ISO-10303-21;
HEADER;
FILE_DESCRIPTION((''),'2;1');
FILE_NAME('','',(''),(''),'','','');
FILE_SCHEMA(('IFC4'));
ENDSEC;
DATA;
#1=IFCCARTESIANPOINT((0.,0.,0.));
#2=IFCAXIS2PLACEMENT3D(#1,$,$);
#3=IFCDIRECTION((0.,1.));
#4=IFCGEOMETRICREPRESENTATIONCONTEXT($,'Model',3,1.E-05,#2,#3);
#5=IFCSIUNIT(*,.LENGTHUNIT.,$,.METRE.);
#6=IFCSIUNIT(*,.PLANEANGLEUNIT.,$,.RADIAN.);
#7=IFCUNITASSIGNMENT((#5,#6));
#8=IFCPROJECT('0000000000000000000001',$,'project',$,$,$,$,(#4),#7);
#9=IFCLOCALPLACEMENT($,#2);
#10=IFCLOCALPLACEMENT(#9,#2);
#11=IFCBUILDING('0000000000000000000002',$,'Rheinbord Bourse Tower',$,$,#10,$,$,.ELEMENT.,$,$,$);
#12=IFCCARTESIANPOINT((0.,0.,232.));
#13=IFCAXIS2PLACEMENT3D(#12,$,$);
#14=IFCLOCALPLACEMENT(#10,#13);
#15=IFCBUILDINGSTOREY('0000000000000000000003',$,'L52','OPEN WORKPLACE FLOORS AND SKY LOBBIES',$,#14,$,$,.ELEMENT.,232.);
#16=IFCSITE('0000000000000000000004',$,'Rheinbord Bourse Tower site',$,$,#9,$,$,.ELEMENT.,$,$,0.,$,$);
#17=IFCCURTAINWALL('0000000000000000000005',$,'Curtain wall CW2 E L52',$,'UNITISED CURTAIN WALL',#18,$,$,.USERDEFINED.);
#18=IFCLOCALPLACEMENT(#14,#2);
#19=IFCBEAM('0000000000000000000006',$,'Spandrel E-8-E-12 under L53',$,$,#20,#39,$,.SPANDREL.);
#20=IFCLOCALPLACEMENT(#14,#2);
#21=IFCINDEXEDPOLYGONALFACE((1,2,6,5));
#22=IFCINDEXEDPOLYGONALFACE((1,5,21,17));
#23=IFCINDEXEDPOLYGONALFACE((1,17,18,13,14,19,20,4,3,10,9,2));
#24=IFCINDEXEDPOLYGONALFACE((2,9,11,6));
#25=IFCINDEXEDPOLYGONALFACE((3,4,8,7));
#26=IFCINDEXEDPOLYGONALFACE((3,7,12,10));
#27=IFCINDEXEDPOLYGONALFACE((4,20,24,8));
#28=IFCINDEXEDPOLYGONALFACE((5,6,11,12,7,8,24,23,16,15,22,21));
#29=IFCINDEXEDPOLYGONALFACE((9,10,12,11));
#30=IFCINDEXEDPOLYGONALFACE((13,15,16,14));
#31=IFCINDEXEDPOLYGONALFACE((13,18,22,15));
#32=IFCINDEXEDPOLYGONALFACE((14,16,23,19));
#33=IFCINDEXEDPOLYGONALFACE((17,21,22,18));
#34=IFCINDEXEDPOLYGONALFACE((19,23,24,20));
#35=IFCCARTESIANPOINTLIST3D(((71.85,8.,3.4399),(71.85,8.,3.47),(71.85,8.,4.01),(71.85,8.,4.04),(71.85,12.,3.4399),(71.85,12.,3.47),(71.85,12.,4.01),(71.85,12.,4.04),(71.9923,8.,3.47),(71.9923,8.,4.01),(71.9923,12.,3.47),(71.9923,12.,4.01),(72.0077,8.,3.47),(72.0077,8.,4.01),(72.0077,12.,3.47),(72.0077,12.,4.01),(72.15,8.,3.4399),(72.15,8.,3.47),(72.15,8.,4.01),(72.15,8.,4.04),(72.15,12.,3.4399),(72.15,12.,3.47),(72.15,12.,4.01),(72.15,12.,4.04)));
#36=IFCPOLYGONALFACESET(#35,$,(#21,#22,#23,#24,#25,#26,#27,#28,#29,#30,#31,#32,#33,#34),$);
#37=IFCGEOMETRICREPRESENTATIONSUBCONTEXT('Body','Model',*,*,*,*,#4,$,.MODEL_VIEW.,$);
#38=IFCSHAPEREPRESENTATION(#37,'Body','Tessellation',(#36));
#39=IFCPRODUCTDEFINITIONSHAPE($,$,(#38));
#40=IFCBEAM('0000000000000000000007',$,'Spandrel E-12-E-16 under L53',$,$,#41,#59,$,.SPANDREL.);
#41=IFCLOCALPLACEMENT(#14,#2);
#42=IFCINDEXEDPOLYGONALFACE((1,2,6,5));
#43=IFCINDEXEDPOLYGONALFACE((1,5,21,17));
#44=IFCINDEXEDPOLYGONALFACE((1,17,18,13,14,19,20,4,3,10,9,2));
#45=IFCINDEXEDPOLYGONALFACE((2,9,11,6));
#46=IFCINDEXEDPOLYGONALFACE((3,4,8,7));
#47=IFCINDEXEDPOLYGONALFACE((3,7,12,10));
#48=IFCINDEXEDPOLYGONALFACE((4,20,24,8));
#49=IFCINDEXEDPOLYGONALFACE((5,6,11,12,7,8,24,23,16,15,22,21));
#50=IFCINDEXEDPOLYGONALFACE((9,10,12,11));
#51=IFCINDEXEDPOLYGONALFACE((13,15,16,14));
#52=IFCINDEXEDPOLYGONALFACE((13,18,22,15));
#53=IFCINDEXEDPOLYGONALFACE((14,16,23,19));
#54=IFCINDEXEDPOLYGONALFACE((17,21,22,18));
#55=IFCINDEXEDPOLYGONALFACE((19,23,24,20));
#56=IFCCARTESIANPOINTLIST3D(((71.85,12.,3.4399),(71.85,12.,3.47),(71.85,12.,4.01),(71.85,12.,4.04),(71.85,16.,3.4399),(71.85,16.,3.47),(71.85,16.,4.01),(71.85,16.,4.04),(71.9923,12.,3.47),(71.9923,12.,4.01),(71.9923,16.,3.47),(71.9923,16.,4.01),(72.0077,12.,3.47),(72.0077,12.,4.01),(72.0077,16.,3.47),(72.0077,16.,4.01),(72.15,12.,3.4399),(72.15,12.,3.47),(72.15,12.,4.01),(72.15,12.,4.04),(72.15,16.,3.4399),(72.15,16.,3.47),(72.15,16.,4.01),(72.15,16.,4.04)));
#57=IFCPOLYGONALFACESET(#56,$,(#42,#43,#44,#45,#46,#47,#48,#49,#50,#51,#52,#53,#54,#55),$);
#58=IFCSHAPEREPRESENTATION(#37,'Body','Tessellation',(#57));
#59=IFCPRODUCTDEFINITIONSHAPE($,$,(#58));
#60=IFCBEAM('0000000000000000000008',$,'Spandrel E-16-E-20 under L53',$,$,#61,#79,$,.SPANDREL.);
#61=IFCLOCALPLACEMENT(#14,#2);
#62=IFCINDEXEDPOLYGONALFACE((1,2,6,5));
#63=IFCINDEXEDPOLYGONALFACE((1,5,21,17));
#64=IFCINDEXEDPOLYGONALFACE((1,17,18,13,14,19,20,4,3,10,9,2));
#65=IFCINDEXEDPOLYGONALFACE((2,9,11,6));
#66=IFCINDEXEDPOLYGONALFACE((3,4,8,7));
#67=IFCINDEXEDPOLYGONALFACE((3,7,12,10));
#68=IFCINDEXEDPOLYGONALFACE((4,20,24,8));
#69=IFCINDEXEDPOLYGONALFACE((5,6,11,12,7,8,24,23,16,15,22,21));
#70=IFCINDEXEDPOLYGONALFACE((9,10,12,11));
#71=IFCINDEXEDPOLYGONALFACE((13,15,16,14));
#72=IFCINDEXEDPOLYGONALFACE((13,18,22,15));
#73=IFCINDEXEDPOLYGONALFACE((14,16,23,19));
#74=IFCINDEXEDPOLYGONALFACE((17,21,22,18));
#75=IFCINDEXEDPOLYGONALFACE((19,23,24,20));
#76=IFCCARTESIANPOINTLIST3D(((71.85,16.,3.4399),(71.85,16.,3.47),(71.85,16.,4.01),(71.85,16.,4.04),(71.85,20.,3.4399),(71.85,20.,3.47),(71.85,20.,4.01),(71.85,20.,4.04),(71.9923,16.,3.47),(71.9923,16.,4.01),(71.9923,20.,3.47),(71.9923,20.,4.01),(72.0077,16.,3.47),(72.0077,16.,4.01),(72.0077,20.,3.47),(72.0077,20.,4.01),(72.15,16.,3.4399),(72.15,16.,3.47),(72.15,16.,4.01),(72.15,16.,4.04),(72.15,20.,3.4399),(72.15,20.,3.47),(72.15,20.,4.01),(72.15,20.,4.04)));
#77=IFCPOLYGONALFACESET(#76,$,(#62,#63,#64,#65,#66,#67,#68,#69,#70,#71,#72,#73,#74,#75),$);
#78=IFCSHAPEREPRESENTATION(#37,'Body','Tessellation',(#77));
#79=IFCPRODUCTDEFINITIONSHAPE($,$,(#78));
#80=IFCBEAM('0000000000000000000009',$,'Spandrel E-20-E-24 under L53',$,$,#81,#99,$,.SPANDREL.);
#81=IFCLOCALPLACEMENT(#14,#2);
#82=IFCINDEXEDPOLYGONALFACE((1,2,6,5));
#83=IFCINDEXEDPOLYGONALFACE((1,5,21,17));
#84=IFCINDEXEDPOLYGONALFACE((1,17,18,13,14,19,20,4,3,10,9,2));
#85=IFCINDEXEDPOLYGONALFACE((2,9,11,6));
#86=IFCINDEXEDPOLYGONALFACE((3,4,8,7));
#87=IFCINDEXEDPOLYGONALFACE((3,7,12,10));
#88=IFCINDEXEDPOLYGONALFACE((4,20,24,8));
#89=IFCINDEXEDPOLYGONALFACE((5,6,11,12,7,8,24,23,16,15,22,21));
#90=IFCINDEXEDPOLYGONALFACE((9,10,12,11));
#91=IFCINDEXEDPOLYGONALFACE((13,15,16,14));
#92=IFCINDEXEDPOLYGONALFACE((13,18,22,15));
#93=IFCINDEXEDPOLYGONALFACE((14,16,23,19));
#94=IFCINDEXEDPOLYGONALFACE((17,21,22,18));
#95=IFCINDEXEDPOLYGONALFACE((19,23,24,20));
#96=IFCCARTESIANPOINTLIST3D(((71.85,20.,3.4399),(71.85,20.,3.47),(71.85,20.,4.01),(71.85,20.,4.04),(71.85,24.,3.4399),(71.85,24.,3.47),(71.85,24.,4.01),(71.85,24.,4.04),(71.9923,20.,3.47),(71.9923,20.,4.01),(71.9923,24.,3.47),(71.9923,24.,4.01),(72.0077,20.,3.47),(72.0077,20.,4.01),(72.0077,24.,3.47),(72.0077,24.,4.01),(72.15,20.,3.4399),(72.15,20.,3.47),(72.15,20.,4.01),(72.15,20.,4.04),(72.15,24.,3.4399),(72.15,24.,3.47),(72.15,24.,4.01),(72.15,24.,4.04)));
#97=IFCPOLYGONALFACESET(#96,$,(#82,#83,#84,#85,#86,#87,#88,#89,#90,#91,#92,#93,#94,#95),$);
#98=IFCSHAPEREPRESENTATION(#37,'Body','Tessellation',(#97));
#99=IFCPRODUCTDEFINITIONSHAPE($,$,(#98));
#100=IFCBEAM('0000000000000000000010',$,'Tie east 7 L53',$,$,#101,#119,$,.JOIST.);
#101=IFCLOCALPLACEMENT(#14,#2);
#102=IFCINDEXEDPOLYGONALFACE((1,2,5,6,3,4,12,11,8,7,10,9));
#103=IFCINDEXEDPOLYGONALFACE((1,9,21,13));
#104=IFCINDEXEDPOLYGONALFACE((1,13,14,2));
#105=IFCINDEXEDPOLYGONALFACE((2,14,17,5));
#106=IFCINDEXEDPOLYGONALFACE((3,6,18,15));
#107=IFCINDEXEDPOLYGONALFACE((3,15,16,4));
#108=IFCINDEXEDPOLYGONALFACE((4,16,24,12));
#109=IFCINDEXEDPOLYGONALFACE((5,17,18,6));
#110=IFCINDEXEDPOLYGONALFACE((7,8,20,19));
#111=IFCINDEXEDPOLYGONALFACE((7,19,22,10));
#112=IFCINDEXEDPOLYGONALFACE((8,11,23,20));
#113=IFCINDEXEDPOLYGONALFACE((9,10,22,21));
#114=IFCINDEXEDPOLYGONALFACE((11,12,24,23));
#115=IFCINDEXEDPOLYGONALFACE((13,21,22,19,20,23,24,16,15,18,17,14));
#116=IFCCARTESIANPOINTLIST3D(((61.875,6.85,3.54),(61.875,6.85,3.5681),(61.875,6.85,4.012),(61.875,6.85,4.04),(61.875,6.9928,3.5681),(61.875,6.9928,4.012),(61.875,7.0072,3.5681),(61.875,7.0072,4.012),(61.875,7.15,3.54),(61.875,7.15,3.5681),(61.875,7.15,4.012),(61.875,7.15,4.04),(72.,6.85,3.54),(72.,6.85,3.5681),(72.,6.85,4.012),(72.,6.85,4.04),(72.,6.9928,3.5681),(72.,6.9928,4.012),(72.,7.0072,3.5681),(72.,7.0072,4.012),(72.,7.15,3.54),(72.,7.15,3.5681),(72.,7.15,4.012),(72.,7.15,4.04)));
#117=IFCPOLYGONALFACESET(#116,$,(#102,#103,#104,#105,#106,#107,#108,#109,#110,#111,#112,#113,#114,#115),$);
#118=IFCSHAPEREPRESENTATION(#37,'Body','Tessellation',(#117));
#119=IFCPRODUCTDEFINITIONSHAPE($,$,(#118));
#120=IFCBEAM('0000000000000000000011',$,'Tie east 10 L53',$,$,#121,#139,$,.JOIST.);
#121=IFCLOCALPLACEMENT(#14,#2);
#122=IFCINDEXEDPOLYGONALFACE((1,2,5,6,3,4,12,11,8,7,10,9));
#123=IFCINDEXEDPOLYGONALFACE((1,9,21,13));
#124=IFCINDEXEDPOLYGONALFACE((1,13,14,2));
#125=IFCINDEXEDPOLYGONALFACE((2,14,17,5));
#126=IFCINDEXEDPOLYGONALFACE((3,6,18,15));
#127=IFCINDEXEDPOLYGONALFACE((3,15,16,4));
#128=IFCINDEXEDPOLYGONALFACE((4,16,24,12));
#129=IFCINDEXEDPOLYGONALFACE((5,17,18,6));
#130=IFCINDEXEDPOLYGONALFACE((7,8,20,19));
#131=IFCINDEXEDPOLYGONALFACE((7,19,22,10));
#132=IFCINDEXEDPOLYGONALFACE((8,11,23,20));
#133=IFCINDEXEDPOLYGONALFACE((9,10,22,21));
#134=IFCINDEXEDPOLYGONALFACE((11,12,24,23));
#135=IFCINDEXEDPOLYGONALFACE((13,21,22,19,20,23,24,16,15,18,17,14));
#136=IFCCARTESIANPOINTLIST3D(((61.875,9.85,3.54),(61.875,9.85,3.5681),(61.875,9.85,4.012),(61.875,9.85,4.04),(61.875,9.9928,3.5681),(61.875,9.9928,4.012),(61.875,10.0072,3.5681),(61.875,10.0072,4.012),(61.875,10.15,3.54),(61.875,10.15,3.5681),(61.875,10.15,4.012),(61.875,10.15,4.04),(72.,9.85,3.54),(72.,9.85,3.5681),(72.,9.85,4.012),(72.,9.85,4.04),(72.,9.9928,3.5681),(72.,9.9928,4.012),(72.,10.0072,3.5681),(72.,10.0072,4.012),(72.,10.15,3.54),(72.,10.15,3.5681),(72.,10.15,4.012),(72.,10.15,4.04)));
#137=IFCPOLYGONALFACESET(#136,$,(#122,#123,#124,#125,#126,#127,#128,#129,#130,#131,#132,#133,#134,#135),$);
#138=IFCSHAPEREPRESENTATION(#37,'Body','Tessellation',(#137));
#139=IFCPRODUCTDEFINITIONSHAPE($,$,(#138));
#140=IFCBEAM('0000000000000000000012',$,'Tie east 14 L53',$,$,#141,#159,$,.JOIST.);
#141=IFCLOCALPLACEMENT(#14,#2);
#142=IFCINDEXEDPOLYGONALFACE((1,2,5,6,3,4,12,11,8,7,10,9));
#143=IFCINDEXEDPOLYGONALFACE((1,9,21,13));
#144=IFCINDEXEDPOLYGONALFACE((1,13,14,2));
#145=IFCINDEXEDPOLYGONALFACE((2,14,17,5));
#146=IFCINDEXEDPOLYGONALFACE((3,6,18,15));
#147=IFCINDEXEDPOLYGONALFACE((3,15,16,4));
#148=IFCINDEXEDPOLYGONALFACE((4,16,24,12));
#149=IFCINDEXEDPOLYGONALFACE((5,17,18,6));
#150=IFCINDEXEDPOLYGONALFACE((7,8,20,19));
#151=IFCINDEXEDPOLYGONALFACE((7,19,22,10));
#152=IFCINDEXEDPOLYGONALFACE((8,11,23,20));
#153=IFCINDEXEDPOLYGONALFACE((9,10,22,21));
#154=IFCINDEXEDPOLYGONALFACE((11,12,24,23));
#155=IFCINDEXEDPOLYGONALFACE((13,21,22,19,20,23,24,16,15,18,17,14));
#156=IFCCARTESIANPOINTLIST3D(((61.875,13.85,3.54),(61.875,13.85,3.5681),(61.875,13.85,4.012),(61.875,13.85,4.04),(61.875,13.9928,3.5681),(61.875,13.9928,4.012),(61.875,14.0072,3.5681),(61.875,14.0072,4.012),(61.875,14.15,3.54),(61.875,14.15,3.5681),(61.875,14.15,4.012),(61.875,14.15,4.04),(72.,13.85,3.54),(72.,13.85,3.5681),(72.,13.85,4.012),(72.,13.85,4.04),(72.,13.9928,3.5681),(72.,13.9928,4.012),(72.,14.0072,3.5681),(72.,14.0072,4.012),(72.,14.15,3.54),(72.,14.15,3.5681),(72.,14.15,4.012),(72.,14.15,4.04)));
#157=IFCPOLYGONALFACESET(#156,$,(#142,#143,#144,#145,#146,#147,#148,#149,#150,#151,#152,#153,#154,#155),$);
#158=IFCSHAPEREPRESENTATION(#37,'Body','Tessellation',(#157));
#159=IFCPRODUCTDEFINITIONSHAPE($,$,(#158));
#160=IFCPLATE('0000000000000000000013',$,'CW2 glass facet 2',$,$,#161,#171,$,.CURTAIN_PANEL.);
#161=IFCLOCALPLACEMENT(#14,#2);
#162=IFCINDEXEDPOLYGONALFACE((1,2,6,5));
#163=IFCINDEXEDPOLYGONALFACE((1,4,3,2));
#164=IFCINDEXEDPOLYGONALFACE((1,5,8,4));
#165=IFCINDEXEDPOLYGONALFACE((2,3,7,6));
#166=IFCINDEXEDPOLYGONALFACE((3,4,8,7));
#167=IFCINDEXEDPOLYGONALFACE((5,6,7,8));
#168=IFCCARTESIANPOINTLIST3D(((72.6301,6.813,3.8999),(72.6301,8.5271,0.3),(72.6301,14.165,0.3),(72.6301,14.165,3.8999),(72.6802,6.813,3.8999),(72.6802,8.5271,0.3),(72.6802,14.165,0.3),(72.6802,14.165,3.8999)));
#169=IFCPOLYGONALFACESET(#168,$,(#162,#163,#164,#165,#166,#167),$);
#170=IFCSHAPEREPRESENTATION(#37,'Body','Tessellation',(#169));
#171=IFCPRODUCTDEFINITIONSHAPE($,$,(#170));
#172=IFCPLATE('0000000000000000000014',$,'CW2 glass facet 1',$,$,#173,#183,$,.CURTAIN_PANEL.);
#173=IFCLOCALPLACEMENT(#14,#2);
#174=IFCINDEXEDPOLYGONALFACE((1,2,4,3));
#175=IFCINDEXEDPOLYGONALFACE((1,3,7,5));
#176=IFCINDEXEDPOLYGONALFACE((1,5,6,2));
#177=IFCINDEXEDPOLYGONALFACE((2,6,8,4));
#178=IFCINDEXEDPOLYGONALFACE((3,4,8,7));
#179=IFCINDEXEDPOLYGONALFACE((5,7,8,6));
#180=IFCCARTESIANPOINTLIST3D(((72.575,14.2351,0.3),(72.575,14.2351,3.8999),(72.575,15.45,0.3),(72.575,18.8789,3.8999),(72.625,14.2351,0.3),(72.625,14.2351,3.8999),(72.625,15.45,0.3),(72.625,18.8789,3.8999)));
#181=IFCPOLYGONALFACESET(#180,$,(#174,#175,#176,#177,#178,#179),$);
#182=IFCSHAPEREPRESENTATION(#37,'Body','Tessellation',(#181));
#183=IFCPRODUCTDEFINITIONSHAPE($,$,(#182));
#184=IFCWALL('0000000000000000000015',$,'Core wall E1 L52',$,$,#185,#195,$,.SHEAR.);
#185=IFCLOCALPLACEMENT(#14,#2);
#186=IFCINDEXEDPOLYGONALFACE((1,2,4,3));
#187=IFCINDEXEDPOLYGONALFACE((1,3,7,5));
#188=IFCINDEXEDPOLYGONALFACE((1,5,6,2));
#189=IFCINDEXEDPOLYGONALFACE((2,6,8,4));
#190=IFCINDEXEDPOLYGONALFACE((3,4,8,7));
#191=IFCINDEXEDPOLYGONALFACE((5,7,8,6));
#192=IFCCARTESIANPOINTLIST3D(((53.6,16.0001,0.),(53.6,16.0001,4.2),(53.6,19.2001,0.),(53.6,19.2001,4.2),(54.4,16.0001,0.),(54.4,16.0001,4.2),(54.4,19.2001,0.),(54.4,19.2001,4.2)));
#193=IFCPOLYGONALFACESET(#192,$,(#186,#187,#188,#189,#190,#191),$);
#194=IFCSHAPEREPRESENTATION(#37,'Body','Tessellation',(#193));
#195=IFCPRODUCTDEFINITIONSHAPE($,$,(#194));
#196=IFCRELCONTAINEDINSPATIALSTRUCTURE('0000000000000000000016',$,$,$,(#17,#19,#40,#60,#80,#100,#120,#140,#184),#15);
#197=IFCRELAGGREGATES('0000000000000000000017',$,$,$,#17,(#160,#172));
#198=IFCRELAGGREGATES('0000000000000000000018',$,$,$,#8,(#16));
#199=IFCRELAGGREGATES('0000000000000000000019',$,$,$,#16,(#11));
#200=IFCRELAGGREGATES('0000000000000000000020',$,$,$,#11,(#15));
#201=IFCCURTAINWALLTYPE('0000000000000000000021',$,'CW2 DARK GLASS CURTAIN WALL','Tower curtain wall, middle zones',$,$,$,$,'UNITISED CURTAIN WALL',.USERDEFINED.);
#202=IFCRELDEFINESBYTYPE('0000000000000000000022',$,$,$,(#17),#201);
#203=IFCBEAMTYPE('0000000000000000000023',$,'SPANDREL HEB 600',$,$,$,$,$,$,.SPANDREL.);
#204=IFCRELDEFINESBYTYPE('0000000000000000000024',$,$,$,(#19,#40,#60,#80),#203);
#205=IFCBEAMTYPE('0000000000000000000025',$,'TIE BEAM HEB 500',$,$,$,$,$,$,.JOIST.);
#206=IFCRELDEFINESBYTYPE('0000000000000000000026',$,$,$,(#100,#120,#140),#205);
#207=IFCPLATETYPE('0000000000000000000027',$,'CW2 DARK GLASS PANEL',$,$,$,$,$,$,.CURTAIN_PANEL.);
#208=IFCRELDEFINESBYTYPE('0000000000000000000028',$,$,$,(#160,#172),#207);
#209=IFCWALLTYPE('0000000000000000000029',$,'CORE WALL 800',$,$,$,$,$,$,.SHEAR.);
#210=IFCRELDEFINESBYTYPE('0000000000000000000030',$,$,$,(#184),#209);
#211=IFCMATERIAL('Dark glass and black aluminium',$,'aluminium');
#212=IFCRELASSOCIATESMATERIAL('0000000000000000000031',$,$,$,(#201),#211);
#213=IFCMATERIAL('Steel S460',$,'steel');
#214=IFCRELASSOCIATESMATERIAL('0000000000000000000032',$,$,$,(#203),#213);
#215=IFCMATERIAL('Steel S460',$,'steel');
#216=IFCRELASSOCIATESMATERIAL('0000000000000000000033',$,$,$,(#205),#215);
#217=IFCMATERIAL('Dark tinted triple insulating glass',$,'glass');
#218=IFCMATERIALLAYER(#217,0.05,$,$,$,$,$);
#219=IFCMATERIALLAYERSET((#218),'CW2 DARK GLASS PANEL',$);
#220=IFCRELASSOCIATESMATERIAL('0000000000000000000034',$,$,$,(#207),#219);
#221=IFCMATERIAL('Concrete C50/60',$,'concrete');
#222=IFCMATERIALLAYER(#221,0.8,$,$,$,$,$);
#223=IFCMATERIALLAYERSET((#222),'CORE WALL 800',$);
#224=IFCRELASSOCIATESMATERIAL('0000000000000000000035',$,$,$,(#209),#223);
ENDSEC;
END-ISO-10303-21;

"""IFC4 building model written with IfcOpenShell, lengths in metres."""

from ifc_helpers import new_model, si_unit, direction, frame, frame_2d, origin, origin_2d, place, context, subcontext, project, spatial, polyline, rectangle, i_section, outline, extrude, material, layer, layer_set, material_profile, profile_set, type_object, element, aggregate, save


model = new_model("IFC4")

# Units and contexts
model_context = context("Model", 3, precision=1e-05, world=origin(), true_north=direction((0.0, 1.0)))
body_context = subcontext(model_context, "Body", "Model", "MODEL_VIEW")
ifc_project = project(units=[si_unit("LENGTHUNIT", "METRE"), si_unit("PLANEANGLEUNIT", "RADIAN")], contexts=[model_context])

# Site, building, storey
site_placement = place(None, origin())
site = spatial("IfcSite", under=ifc_project, at=site_placement, Name="Rheinbord Bourse Tower site", CompositionType="ELEMENT", RefElevation=0.0)
building_placement = place(site_placement, origin())
building = spatial("IfcBuilding", under=site, at=building_placement, Name="Rheinbord Bourse Tower", CompositionType="ELEMENT")
storey_placement = place(building_placement, frame((0.0, 0.0, 232.0)))
storey = spatial("IfcBuildingStorey", under=building, at=storey_placement, Name="L52", Description="OPEN WORKPLACE FLOORS AND SKY LOBBIES", CompositionType="ELEMENT", Elevation=232.0)

# Curtain wall
ifc_material_1 = material(Name="Dark glass and black aluminium", Category="aluminium")
curtain_wall_type = type_object("IfcCurtainWallType", Name="CW2 DARK GLASS CURTAIN WALL", Description="Tower curtain wall, middle zones", ElementType="UNITISED CURTAIN WALL", PredefinedType="USERDEFINED", material=ifc_material_1)
curtain_wall_placement = place(storey_placement, origin())
curtain_wall = element("IfcCurtainWall", 1, at=curtain_wall_placement, inside=storey, type_object=curtain_wall_type, Name="Curtain wall CW2 E L52", ObjectType="UNITISED CURTAIN WALL", PredefinedType="USERDEFINED")

# Beams
ifc_material_2 = material(Name="Steel S460", Category="steel")
ifc_material_profile_1 = material_profile(ifc_material_2, i_section(OverallWidth=0.3, OverallDepth=0.6001, WebThickness=0.0154, FlangeThickness=0.03, at=origin_2d()), Name="HEB 600")
ifc_profile_set_1 = profile_set([ifc_material_profile_1], Name="Steel S460")
beam_type_1 = type_object("IfcBeamType", Name="SPANDREL HEB 600", PredefinedType="SPANDREL", material=ifc_profile_set_1)
for number, where, z_axis, x_axis, name in (
    (2, (72.0, 8.0, 3.74), (0.0, 1.0, 0.0), (-1.0, 0.0, 0.0), "Spandrel E-8-E-12 under L53"),
    (3, (72.0, 12.0, 3.74), (0.0, 1.0, 0.0), (-1.0, 0.0, 0.0), "Spandrel E-12-E-16 under L53"),
    (4, (72.0, 16.0, 3.74), (0.0, 1.0, 0.0), (-1.0, 0.0, 0.0), "Spandrel E-16-E-20 under L53"),
    (5, (72.0, 20.0, 3.74), (0.0, 1.0, 0.0), (-1.0, 0.0, 0.0), "Spandrel E-20-E-24 under L53"),
):
    element("IfcBeam", number, at=place(storey_placement, frame(where, z_axis=z_axis, x_axis=x_axis)), inside=storey, type_object=beam_type_1, Name=name, PredefinedType="SPANDREL", context=body_context, shape_type="SweptSolid", body=[
        extrude(i_section(OverallWidth=0.3, OverallDepth=0.6001, WebThickness=0.0154, FlangeThickness=0.03, at=origin_2d()), origin(), (0.0, 0.0, 1.0), 4.0),
    ])
ifc_material_3 = material(Name="Steel S460", Category="steel")
ifc_material_profile_2 = material_profile(ifc_material_3, i_section(OverallWidth=0.3, OverallDepth=0.5, WebThickness=0.0144, FlangeThickness=0.0281, at=origin_2d()), Name="HEB 500")
ifc_profile_set_2 = profile_set([ifc_material_profile_2], Name="Steel S460")
beam_type_2 = type_object("IfcBeamType", Name="TIE BEAM HEB 500", PredefinedType="JOIST", material=ifc_profile_set_2)
for number, where, z_axis, x_axis, name in (
    (6, (61.875, 7.0, 3.79), (1.0, 0.0, 0.0), (0.0, 1.0, 0.0), "Tie east 7 L53"),
    (7, (61.875, 10.0, 3.79), (1.0, 0.0, 0.0), (0.0, 1.0, 0.0), "Tie east 10 L53"),
    (8, (61.875, 14.0, 3.79), (1.0, 0.0, 0.0), (0.0, 1.0, 0.0), "Tie east 14 L53"),
):
    element("IfcBeam", number, at=place(storey_placement, frame(where, z_axis=z_axis, x_axis=x_axis)), inside=storey, type_object=beam_type_2, Name=name, PredefinedType="JOIST", context=body_context, shape_type="SweptSolid", body=[
        extrude(i_section(OverallWidth=0.3, OverallDepth=0.5, WebThickness=0.0144, FlangeThickness=0.0281, at=origin_2d()), origin(), (0.0, 0.0, 1.0), 10.125),
    ])

# Plates
ifc_material_4 = material(Name="Dark tinted triple insulating glass", Category="glass")
ifc_layer_1 = layer(ifc_material_4, 0.05)
ifc_layer_set_1 = layer_set([ifc_layer_1], Name="CW2 DARK GLASS PANEL")
plate_type = type_object("IfcPlateType", Name="CW2 DARK GLASS PANEL", PredefinedType="CURTAIN_PANEL", material=ifc_layer_set_1)
plate_1_placement = place(storey_placement, frame((72.6802, 14.165, 3.8999), z_axis=(-1.0, 0.0, 0.0), x_axis=(0.0, 0.0, -1.0)))
plate_1 = element("IfcPlate", 9, at=plate_1_placement, type_object=plate_type, Name="CW2 glass facet 2", PredefinedType="CURTAIN_PANEL", context=body_context, shape_type="SweptSolid", body=[
    extrude(outline(polyline([(0.0, 0.0), (3.5999, 0.0), (3.5999, 5.6379), (0.0, 7.3521), (0.0, 0.0)])), origin(), (0.0, 0.0, 1.0), 0.05),
])
plate_2_placement = place(storey_placement, frame((72.625, 14.2351, 0.3), z_axis=(-1.0, 0.0, 0.0), x_axis=(0.0, 0.0, 1.0)))
plate_2 = element("IfcPlate", 10, at=plate_2_placement, type_object=plate_type, Name="CW2 glass facet 1", PredefinedType="CURTAIN_PANEL", context=body_context, shape_type="SweptSolid", body=[
    extrude(outline(polyline([(0.0, 0.0), (3.5999, 0.0), (3.5999, 4.6438), (0.0, 1.2148), (0.0, 0.0)])), origin(), (0.0, 0.0, 1.0), 0.05),
])
aggregate(curtain_wall, [plate_1, plate_2])

# Wall
ifc_material_5 = material(Name="Concrete C50/60", Category="concrete")
ifc_layer_2 = layer(ifc_material_5, 0.8)
ifc_layer_set_2 = layer_set([ifc_layer_2], Name="CORE WALL 800")
wall_type_1 = type_object("IfcWallType", Name="CORE WALL 800", PredefinedType="SHEAR", material=ifc_layer_set_2)
wall_1_placement = place(storey_placement, frame((54.0, 16.0, 0.0), z_axis=(0.0, 0.0, 1.0), x_axis=(0.0, 1.0, 0.0)))
element("IfcWall", 11, at=wall_1_placement, inside=storey, type_object=wall_type_1, Name="Core wall E1 L52", PredefinedType="SHEAR", context=body_context, shape_type="SweptSolid", body=[
    extrude(rectangle(XDim=3.2, YDim=0.8, at=frame_2d((1.6001, 0.0))), origin(), (0.0, 0.0, 1.0), 4.2),
])

save(model, "model.ifc")
